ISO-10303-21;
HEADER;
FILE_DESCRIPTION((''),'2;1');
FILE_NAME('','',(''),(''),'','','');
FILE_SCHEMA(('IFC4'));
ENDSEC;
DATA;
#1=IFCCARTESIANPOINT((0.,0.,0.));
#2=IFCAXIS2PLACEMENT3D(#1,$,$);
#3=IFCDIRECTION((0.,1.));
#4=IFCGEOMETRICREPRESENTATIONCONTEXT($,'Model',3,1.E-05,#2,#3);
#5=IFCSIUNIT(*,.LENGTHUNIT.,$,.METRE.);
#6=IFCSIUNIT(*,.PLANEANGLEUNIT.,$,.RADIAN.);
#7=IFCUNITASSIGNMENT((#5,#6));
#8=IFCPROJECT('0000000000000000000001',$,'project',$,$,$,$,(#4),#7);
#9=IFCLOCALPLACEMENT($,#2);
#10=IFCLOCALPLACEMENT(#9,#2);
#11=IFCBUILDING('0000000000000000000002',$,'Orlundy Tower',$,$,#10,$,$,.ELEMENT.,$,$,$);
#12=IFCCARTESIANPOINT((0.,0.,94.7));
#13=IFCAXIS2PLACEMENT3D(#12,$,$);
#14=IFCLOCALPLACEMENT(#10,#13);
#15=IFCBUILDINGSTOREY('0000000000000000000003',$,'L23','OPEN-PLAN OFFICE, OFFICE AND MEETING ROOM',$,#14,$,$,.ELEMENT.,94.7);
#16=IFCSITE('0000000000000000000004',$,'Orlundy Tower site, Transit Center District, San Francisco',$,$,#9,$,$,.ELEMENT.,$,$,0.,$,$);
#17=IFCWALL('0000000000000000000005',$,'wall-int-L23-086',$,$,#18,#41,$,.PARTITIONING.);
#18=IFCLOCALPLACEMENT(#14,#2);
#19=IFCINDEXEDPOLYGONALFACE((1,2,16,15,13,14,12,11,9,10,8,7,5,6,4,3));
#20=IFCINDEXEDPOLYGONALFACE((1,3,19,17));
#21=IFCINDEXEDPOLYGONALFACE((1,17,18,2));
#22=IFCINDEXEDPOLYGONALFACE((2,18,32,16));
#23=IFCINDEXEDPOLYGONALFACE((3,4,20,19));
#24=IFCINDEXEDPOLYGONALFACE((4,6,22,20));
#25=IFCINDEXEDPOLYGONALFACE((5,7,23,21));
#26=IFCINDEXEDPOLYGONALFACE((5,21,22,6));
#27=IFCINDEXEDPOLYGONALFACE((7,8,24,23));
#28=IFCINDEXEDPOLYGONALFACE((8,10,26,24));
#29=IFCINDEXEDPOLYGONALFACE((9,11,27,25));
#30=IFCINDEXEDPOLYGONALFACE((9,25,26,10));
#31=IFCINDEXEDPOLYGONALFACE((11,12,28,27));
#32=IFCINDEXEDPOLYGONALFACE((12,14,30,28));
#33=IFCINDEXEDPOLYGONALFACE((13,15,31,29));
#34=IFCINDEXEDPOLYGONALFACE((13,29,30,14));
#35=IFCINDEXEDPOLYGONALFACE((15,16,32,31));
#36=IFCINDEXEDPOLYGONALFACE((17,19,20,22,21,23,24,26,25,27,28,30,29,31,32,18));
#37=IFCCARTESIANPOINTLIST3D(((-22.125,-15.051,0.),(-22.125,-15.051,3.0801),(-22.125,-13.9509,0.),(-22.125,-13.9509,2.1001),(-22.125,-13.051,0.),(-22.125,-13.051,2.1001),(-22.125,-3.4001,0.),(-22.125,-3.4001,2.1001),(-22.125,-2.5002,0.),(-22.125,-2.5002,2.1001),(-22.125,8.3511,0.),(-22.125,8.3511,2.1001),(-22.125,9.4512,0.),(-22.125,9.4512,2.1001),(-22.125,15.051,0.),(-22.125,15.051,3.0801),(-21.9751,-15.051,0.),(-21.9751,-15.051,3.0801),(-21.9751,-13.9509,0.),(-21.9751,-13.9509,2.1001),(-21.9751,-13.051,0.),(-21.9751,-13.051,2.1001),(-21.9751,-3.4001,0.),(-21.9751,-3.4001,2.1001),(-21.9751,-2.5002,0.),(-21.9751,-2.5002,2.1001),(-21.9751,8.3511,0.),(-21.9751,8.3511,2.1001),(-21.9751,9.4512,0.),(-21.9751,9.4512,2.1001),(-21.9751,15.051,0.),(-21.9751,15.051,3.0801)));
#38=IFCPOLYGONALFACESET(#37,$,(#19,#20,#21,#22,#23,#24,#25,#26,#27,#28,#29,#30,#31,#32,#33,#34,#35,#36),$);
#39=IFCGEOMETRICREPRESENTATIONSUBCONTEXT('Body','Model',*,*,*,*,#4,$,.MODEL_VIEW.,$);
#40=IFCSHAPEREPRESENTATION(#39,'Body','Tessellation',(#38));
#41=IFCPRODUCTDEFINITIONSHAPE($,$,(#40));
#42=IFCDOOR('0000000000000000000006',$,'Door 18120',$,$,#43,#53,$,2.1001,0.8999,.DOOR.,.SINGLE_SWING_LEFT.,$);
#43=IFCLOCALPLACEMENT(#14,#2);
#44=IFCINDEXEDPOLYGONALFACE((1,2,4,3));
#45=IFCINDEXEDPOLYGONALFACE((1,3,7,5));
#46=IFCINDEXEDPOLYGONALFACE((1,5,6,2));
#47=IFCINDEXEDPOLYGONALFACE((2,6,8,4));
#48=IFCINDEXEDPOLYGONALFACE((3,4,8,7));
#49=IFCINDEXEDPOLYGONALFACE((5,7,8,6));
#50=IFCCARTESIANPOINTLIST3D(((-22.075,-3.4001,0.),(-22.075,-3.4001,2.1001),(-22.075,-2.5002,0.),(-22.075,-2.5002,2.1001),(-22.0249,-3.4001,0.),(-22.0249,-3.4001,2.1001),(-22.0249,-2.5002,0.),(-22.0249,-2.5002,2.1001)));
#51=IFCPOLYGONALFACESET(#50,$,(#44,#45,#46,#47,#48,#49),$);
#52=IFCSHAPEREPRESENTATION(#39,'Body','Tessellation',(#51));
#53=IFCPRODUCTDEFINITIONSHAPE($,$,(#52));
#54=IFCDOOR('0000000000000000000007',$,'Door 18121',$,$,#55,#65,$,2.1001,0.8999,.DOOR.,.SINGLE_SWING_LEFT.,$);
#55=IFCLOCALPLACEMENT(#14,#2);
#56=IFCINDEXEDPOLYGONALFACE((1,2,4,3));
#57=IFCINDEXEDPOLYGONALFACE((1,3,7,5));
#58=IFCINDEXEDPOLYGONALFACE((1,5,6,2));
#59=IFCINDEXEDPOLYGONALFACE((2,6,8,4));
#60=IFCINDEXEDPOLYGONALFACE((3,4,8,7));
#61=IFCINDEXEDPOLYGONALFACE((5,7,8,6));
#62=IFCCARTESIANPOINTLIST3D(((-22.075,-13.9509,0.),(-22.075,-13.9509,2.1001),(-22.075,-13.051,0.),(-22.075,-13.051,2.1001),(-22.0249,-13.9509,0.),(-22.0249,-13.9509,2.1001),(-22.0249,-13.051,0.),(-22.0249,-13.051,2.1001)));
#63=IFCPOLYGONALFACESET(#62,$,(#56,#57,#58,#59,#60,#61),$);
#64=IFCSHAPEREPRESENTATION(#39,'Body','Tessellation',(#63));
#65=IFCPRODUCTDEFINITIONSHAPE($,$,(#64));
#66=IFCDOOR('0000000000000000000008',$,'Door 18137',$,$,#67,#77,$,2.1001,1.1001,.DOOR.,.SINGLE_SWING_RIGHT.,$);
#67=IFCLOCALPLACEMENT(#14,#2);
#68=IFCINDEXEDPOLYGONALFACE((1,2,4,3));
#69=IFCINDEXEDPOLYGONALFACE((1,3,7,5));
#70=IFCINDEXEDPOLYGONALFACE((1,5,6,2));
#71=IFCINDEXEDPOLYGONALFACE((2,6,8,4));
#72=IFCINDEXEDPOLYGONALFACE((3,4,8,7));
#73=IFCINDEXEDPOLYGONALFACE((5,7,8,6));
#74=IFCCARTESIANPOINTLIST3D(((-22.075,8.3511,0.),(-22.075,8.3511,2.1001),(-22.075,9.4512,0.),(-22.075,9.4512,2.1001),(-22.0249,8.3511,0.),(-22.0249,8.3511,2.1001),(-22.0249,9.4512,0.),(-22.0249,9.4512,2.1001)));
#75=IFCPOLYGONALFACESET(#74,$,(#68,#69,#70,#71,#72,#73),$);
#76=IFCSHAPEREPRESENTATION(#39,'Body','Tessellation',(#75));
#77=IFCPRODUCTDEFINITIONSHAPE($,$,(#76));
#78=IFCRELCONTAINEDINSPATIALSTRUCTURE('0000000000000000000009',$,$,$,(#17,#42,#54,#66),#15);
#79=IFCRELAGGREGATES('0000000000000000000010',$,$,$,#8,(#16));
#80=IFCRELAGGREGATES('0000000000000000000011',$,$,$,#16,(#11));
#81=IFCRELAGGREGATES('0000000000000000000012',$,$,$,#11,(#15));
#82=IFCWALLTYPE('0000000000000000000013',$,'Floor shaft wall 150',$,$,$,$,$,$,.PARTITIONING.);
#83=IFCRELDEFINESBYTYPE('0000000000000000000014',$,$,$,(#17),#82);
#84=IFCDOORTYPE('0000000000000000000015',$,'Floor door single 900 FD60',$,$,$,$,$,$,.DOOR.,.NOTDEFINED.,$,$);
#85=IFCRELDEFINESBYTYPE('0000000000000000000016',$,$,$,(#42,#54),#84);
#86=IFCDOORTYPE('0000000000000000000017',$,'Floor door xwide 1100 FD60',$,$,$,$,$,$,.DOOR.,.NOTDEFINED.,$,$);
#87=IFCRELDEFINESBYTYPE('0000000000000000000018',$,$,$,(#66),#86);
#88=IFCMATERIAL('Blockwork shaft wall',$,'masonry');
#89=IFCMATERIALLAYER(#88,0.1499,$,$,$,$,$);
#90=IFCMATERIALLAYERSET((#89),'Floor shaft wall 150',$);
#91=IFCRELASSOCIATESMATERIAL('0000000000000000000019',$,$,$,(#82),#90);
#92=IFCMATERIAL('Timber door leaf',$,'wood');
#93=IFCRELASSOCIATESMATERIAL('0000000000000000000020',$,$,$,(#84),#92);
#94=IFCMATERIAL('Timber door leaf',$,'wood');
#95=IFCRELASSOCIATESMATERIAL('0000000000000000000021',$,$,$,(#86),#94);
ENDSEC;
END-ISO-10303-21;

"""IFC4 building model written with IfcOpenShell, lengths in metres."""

from ifc_helpers import new_model, si_unit, direction, frame, frame_2d, origin, place, context, subcontext, project, spatial, rectangle, extrude, material, layer, layer_set, type_object, element, fill, save


model = new_model("IFC4")

# Units and contexts
model_context = context("Model", 3, precision=1e-05, world=origin(), true_north=direction((0.0, 1.0)))
body_context = subcontext(model_context, "Body", "Model", "MODEL_VIEW")
ifc_project = project(units=[si_unit("LENGTHUNIT", "METRE"), si_unit("PLANEANGLEUNIT", "RADIAN")], contexts=[model_context])

# Site, building, storey
site_placement = place(None, origin())
site = spatial("IfcSite", under=ifc_project, at=site_placement, Name="Orlundy Tower site, Transit Center District, San Francisco", CompositionType="ELEMENT", RefElevation=0.0)
building_placement = place(site_placement, origin())
building = spatial("IfcBuilding", under=site, at=building_placement, Name="Orlundy Tower", CompositionType="ELEMENT")
storey_placement = place(building_placement, frame((0.0, 0.0, 94.7)))
storey = spatial("IfcBuildingStorey", under=building, at=storey_placement, Name="L23", Description="OPEN-PLAN OFFICE, OFFICE AND MEETING ROOM", CompositionType="ELEMENT", Elevation=94.7)

# Shared definitions
ifc_material_1 = material(Name="Blockwork shaft wall", Category="masonry")
ifc_layer_1 = layer(ifc_material_1, 0.1499)
ifc_layer_set_1 = layer_set([ifc_layer_1], Name="Floor shaft wall 150")
wall_type_1 = type_object("IfcWallType", Name="Floor shaft wall 150", PredefinedType="PARTITIONING", material=ifc_layer_set_1)

# Wall, openings, doors
wall_1_placement = place(storey_placement, frame((-22.05, -15.051, 0.0), z_axis=(0.0, 0.0, 1.0), x_axis=(0.0, 1.0, 0.0)))
wall_1 = element("IfcWall", 1, at=wall_1_placement, inside=storey, type_object=wall_type_1, Name="wall-int-L23-086", PredefinedType="PARTITIONING", context=body_context, shape_type="SweptSolid", body=[
    extrude(rectangle(XDim=30.1021, YDim=0.1499, at=frame_2d((15.051, 0.0))), origin(), (0.0, 0.0, 1.0), 3.0801),
])
opening_1_placement = place(wall_1_placement, frame((11.6509, 0.0, 0.0)))
opening_1 = element("IfcOpeningElement", 2, at=opening_1_placement, cuts=wall_1, PredefinedType="OPENING", context=body_context, shape_type="SweptSolid", body=[
    extrude(rectangle(XDim=0.8999, YDim=2.1001, at=frame_2d((0.45, 1.05))), frame((0.0, 0.085, 0.0), z_axis=(0.0, -1.0, 0.0), x_axis=(1.0, 0.0, 0.0)), (0.0, 0.0, 1.0), 0.1699),
])
opening_2_placement = place(wall_1_placement, frame((1.1001, 0.0, 0.0)))
opening_2 = element("IfcOpeningElement", 3, at=opening_2_placement, cuts=wall_1, PredefinedType="OPENING", context=body_context, shape_type="SweptSolid", body=[
    extrude(rectangle(XDim=0.8999, YDim=2.1001, at=frame_2d((0.45, 1.05))), frame((0.0, 0.085, 0.0), z_axis=(0.0, -1.0, 0.0), x_axis=(1.0, 0.0, 0.0)), (0.0, 0.0, 1.0), 0.1699),
])
opening_3_placement = place(wall_1_placement, frame((23.4021, 0.0, 0.0)))
opening_3 = element("IfcOpeningElement", 4, at=opening_3_placement, cuts=wall_1, PredefinedType="OPENING", context=body_context, shape_type="SweptSolid", body=[
    extrude(rectangle(XDim=1.1001, YDim=2.1001, at=frame_2d((0.55, 1.05))), frame((0.0, 0.085, 0.0), z_axis=(0.0, -1.0, 0.0), x_axis=(1.0, 0.0, 0.0)), (0.0, 0.0, 1.0), 0.1699),
])
ifc_material_2 = material(Name="Timber door leaf", Category="wood")
door_type_1 = type_object("IfcDoorType", Name="Floor door single 900 FD60", OperationType="NOTDEFINED", PredefinedType="DOOR", material=ifc_material_2)
door_1_placement = place(opening_1_placement, origin())
door_1 = element("IfcDoor", 5, at=door_1_placement, inside=storey, type_object=door_type_1, Name="Door 18120", OperationType="SINGLE_SWING_LEFT", OverallHeight=2.1001, OverallWidth=0.8999, PredefinedType="DOOR", context=body_context, shape_type="SweptSolid", body=[
    extrude(rectangle(XDim=0.8999, YDim=2.1001, at=frame_2d((0.45, 1.05))), frame((0.0, 0.0249, 0.0), z_axis=(0.0, -1.0, 0.0), x_axis=(1.0, 0.0, 0.0)), (0.0, 0.0, 1.0), 0.05),
])
fill(opening_1, door_1)
door_2_placement = place(opening_2_placement, origin())
door_2 = element("IfcDoor", 6, at=door_2_placement, inside=storey, type_object=door_type_1, Name="Door 18121", OperationType="SINGLE_SWING_LEFT", OverallHeight=2.1001, OverallWidth=0.8999, PredefinedType="DOOR", context=body_context, shape_type="SweptSolid", body=[
    extrude(rectangle(XDim=0.8999, YDim=2.1001, at=frame_2d((0.45, 1.05))), frame((0.0, 0.0249, 0.0), z_axis=(0.0, -1.0, 0.0), x_axis=(1.0, 0.0, 0.0)), (0.0, 0.0, 1.0), 0.05),
])
fill(opening_2, door_2)
ifc_material_3 = material(Name="Timber door leaf", Category="wood")
door_type_2 = type_object("IfcDoorType", Name="Floor door xwide 1100 FD60", OperationType="NOTDEFINED", PredefinedType="DOOR", material=ifc_material_3)
door_3_placement = place(opening_3_placement, origin())
door_3 = element("IfcDoor", 7, at=door_3_placement, inside=storey, type_object=door_type_2, Name="Door 18137", OperationType="SINGLE_SWING_RIGHT", OverallHeight=2.1001, OverallWidth=1.1001, PredefinedType="DOOR", context=body_context, shape_type="SweptSolid", body=[
    extrude(rectangle(XDim=1.1001, YDim=2.1001, at=frame_2d((0.55, 1.05))), frame((0.0, 0.0249, 0.0), z_axis=(0.0, -1.0, 0.0), x_axis=(1.0, 0.0, 0.0)), (0.0, 0.0, 1.0), 0.05),
])
fill(opening_3, door_3)

save(model, "model.ifc")
